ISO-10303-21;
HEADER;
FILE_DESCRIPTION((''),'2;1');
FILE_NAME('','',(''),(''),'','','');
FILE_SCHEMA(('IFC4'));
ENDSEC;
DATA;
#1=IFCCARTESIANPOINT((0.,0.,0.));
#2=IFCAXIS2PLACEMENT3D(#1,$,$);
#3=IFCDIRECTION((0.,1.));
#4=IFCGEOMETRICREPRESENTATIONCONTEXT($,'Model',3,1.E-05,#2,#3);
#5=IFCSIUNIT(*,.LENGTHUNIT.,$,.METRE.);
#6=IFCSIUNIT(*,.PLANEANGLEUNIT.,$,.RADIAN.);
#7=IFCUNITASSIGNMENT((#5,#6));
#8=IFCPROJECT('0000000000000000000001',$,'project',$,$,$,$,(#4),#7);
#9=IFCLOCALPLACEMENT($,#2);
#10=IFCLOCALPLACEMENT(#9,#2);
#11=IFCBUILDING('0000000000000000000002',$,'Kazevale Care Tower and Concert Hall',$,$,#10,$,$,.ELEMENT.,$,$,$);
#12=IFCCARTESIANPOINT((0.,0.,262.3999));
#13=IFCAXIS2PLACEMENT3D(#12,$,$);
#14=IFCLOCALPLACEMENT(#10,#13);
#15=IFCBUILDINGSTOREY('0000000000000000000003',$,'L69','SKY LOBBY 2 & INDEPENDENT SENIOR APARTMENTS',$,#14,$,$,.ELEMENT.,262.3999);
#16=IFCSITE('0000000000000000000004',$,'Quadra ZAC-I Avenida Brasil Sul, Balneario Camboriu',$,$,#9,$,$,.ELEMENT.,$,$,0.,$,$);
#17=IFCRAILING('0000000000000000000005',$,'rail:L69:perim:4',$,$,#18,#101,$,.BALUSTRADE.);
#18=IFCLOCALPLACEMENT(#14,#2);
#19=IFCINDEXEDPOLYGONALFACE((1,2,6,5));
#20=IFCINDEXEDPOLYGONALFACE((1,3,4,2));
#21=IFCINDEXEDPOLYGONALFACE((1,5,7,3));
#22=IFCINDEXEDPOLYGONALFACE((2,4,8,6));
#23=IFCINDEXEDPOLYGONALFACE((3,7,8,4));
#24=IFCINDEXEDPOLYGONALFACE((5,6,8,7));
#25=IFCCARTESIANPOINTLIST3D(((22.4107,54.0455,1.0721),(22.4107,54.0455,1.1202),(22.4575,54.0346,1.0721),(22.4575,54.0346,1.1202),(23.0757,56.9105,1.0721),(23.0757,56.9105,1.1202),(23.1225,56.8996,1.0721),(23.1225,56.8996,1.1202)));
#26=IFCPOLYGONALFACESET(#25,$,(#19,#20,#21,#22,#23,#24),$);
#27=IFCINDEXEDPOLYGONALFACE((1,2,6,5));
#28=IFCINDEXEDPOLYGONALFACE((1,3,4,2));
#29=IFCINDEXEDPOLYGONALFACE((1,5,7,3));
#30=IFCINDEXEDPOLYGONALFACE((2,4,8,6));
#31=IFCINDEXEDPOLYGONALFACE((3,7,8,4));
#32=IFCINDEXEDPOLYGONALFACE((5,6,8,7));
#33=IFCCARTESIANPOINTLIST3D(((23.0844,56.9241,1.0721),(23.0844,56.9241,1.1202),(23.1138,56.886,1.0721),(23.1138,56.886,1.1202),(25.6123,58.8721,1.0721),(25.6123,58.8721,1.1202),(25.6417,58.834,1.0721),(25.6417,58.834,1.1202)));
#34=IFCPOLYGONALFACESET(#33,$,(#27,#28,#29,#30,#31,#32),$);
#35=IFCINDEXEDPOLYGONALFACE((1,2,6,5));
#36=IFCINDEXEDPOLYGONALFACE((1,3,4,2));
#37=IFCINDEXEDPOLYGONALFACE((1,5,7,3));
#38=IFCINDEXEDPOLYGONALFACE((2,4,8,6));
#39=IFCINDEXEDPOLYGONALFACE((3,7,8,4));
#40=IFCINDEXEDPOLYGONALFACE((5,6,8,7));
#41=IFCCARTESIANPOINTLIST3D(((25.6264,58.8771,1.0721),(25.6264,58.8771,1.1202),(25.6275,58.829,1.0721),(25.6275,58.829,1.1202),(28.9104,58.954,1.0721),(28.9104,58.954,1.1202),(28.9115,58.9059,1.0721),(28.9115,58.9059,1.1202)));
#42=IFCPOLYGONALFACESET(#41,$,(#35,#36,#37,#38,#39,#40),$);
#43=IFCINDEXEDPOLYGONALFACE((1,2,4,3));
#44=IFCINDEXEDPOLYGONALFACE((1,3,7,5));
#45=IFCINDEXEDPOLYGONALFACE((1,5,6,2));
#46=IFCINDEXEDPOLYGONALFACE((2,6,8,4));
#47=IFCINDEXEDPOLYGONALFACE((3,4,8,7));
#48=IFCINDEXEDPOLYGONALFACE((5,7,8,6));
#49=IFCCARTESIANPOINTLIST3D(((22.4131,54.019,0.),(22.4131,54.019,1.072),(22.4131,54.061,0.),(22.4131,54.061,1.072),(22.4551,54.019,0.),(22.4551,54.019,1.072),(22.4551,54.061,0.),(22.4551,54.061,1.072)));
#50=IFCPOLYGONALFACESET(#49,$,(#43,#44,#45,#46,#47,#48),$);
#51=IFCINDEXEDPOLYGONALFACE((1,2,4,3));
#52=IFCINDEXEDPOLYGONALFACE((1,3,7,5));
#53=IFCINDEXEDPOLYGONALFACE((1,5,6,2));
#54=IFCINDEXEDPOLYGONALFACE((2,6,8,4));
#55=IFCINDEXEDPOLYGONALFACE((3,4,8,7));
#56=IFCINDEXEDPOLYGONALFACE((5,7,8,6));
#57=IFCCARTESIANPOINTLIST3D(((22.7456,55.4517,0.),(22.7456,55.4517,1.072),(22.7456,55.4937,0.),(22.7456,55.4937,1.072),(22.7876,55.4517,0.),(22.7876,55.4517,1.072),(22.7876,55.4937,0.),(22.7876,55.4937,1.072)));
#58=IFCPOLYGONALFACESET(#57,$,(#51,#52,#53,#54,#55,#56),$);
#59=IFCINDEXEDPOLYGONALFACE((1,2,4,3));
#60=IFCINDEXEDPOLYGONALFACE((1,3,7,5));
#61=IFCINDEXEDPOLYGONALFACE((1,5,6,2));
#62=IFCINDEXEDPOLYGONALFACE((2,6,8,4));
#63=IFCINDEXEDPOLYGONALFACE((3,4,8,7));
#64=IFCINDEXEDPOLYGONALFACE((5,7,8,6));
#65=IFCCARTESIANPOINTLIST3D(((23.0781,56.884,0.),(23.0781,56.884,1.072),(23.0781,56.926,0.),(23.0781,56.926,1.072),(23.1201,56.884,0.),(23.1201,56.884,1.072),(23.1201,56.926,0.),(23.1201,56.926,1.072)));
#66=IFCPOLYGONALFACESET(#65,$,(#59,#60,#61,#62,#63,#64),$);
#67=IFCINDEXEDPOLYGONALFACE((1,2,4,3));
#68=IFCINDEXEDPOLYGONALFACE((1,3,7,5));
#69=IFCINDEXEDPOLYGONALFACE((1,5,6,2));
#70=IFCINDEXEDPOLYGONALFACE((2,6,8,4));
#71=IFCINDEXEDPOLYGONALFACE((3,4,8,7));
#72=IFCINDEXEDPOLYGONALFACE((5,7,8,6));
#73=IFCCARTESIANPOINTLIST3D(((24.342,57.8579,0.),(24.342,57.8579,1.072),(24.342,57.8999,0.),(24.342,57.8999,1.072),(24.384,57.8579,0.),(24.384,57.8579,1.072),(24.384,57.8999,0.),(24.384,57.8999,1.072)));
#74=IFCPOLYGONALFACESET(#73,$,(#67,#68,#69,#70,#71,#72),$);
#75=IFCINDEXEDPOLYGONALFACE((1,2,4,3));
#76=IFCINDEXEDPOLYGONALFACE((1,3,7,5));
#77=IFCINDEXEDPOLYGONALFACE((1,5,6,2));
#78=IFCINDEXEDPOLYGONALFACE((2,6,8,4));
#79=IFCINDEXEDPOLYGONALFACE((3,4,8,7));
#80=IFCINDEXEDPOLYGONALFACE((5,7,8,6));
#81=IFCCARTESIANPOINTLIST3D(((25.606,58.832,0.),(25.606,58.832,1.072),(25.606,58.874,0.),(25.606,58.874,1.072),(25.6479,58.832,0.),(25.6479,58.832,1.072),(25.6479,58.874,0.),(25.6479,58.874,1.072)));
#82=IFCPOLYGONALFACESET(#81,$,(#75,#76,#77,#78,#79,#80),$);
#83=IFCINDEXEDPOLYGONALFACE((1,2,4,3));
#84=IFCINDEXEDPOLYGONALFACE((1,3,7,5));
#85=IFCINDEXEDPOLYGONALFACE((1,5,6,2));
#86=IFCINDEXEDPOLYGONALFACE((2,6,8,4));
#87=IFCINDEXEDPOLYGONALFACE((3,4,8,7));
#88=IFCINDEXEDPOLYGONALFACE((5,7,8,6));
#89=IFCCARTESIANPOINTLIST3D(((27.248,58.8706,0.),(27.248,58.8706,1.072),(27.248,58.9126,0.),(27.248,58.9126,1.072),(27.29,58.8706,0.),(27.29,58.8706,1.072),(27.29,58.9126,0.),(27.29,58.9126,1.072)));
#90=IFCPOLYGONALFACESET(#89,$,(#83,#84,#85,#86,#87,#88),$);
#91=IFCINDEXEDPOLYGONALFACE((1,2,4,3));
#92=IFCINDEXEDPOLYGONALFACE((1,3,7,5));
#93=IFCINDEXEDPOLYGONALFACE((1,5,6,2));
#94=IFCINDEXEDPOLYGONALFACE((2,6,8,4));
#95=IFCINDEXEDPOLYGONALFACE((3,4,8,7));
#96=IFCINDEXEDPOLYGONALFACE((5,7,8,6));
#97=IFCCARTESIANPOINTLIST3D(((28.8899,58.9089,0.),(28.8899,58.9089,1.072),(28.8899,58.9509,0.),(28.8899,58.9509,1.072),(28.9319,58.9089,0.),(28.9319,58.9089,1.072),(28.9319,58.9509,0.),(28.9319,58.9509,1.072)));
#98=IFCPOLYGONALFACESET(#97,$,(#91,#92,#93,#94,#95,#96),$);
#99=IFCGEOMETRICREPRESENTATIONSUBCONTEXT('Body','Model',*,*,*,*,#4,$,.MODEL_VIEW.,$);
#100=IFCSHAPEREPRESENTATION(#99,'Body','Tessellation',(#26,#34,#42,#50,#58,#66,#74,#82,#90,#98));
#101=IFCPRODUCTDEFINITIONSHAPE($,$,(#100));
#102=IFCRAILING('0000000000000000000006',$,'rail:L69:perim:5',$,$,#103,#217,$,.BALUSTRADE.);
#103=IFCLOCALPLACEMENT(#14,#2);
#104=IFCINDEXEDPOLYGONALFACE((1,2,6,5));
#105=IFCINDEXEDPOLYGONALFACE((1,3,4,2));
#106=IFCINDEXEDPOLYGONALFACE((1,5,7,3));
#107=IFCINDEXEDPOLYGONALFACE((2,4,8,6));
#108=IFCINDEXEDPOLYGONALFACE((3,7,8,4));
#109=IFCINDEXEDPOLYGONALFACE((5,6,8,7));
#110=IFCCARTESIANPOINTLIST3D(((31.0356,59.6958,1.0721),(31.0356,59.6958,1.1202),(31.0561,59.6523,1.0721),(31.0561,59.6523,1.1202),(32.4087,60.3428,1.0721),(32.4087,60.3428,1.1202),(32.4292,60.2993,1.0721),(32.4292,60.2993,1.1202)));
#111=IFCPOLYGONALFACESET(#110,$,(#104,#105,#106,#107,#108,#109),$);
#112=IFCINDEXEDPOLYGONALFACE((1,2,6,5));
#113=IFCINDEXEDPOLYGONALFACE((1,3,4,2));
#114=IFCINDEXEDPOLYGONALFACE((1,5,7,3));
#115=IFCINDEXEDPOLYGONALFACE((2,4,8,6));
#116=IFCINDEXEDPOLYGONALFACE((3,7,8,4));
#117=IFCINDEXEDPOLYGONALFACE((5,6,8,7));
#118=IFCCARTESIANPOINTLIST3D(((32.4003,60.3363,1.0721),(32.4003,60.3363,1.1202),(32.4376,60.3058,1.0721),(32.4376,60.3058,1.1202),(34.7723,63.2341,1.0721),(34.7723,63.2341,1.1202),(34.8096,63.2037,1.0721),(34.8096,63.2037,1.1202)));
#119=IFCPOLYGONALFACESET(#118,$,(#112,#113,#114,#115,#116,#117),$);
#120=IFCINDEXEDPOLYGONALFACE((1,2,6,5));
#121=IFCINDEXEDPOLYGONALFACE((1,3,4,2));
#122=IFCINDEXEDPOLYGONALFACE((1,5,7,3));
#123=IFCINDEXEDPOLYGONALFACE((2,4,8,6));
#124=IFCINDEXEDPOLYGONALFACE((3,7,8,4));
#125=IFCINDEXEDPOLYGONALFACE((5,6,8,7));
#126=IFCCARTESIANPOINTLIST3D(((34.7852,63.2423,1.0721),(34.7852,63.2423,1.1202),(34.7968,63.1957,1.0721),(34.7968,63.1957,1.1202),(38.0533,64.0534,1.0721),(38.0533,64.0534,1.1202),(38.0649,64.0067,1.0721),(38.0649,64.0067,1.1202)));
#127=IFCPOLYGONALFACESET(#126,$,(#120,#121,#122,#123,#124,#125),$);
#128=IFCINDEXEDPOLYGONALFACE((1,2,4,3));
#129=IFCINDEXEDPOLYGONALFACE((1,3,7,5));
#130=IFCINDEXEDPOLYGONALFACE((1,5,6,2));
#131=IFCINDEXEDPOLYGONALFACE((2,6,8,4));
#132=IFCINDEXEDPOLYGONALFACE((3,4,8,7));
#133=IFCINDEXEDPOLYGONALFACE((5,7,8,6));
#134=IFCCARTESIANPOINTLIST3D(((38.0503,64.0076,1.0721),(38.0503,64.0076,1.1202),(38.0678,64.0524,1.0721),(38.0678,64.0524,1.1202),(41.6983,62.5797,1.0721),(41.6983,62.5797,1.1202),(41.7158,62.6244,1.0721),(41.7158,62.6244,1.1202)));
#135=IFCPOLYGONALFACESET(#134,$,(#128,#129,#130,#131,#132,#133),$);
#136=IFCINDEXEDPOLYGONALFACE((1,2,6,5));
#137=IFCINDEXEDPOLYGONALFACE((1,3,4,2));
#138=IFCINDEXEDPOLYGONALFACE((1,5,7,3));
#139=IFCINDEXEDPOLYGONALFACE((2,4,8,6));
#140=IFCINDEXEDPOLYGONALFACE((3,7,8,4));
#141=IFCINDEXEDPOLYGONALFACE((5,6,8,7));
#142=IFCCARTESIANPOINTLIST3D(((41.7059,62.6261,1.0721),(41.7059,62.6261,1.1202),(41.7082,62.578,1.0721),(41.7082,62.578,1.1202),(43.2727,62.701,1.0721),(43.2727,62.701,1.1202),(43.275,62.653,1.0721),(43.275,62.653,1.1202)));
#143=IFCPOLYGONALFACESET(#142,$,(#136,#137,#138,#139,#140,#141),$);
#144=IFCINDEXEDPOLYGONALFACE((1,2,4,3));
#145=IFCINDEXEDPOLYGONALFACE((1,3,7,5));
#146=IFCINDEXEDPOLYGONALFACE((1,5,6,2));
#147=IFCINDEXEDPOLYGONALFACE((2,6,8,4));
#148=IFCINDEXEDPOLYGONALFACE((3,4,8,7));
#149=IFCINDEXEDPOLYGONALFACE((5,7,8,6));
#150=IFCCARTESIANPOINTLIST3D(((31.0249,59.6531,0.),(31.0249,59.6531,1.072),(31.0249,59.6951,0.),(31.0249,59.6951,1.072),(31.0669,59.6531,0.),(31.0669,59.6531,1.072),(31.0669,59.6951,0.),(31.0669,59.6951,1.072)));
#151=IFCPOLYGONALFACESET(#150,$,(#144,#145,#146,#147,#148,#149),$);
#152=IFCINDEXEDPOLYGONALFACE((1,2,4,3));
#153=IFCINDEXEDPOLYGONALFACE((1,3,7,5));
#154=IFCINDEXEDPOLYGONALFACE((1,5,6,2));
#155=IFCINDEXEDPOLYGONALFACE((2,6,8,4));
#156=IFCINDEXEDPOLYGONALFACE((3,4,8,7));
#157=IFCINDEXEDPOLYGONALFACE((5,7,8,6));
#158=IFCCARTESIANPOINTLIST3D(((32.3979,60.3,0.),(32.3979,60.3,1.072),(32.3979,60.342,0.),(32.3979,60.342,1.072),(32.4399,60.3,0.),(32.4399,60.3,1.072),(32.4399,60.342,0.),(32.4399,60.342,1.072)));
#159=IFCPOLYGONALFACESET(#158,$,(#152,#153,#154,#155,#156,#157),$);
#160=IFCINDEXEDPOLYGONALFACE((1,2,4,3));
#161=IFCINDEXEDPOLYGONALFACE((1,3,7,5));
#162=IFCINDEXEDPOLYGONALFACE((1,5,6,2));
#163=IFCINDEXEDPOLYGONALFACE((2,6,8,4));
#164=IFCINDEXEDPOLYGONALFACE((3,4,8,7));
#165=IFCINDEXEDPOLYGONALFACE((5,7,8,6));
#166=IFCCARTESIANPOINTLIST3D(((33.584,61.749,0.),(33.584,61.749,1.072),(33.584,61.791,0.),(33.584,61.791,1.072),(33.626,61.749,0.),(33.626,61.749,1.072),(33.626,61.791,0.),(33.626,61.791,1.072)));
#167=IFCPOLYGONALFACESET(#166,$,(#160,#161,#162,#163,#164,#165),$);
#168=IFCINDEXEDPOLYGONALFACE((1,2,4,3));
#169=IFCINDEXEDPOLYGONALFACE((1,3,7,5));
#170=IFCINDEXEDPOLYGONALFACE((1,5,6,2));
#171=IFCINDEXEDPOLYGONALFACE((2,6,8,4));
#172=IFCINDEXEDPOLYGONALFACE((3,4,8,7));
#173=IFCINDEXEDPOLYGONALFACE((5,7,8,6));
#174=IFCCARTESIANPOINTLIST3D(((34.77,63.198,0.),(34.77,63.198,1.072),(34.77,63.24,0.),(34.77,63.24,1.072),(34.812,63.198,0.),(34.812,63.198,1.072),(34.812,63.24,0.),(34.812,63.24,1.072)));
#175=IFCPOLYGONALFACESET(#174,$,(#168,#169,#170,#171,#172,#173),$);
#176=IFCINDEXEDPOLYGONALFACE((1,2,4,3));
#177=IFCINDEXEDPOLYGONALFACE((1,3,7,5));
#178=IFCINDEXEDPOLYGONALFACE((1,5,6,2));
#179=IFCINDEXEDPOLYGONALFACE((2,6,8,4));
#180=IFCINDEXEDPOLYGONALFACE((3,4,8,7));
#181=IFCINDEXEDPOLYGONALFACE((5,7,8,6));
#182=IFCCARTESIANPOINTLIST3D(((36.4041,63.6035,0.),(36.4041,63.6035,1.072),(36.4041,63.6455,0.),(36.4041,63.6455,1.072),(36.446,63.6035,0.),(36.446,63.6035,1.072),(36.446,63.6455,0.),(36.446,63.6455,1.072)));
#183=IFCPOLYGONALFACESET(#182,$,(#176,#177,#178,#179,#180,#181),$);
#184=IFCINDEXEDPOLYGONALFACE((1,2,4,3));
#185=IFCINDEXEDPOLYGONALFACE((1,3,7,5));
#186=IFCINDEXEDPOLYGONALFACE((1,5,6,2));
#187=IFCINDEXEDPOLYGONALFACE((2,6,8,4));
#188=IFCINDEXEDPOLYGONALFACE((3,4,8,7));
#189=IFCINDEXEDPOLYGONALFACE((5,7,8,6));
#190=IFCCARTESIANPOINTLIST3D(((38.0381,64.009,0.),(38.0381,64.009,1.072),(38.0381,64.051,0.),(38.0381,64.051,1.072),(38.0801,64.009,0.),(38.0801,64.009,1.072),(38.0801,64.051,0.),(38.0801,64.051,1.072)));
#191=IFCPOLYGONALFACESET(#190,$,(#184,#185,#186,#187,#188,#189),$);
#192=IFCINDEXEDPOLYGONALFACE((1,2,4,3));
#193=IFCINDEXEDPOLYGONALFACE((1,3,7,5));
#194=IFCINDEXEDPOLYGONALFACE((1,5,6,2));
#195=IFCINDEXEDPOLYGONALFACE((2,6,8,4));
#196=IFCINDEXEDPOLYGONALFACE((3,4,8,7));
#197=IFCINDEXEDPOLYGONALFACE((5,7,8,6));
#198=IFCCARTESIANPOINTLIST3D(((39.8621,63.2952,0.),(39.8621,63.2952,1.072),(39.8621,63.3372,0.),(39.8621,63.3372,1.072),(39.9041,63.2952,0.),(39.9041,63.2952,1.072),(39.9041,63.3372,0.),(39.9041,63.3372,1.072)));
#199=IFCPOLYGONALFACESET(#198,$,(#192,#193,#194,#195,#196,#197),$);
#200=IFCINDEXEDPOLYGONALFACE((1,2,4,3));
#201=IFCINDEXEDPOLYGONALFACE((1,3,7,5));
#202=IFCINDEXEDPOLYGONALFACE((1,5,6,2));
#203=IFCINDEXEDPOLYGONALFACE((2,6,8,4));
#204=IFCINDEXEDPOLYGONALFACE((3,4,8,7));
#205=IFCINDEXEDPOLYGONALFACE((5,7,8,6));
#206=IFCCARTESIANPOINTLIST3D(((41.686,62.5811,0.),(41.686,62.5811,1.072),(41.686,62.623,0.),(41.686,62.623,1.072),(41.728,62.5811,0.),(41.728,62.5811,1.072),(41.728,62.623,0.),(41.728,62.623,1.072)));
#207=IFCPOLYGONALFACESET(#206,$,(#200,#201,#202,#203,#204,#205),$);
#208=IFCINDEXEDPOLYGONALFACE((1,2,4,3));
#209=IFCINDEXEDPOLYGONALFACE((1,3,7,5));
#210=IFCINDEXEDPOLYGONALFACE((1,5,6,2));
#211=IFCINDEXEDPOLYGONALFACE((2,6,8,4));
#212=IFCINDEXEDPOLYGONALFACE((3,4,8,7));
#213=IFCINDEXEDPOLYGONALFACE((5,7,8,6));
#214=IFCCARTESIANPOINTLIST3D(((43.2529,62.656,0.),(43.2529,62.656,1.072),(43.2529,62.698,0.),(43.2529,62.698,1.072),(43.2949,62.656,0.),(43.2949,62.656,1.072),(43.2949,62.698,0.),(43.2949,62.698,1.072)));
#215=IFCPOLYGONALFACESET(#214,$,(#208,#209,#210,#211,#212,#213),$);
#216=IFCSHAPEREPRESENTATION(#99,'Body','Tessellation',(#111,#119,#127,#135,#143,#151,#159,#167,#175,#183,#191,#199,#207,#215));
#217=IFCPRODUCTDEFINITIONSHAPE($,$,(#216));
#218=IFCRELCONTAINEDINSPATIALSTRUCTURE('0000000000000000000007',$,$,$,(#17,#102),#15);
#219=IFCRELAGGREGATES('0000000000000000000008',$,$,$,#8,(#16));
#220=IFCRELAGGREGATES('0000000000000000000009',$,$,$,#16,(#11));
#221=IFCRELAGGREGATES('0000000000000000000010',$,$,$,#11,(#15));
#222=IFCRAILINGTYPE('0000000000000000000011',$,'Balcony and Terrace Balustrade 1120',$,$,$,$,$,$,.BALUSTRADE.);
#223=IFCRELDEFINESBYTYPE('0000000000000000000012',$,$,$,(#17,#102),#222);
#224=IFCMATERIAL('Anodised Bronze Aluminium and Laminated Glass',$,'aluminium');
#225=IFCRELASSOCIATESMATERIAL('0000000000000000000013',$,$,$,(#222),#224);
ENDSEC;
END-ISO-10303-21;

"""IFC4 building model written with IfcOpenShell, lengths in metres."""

from ifc_helpers import new_model, si_unit, direction, frame, origin, origin_2d, place, context, subcontext, project, spatial, rectangle, extrude, material, type_object, element, save


model = new_model("IFC4")

# Units and contexts
model_context = context("Model", 3, precision=1e-05, world=origin(), true_north=direction((0.0, 1.0)))
body_context = subcontext(model_context, "Body", "Model", "MODEL_VIEW")
ifc_project = project(units=[si_unit("LENGTHUNIT", "METRE"), si_unit("PLANEANGLEUNIT", "RADIAN")], contexts=[model_context])

# Site, building, storey
site_placement = place(None, origin())
site = spatial("IfcSite", under=ifc_project, at=site_placement, Name="Quadra ZAC-I Avenida Brasil Sul, Balneario Camboriu", CompositionType="ELEMENT", RefElevation=0.0)
building_placement = place(site_placement, origin())
building = spatial("IfcBuilding", under=site, at=building_placement, Name="Kazevale Care Tower and Concert Hall", CompositionType="ELEMENT")
storey_placement = place(building_placement, frame((0.0, 0.0, 262.3999)))
storey = spatial("IfcBuildingStorey", under=building, at=storey_placement, Name="L69", Description="SKY LOBBY 2 & INDEPENDENT SENIOR APARTMENTS", CompositionType="ELEMENT", Elevation=262.3999)

# Railings
ifc_material_1 = material(Name="Anodised Bronze Aluminium and Laminated Glass", Category="aluminium")
railing_type = type_object("IfcRailingType", Name="Balcony and Terrace Balustrade 1120", PredefinedType="BALUSTRADE", material=ifc_material_1)
railing_1_placement = place(storey_placement, frame((22.4341, 54.04, 0.0)))
element("IfcRailing", 1, at=railing_1_placement, inside=storey, type_object=railing_type, Name="rail:L69:perim:4", PredefinedType="BALUSTRADE", context=body_context, shape_type="SweptSolid", body=[
    extrude(rectangle(XDim=0.0481, YDim=0.0481, at=origin_2d()), frame((0.0, 0.0, 1.0962), z_axis=(0.226114, 0.974101, 0.0), x_axis=(-0.974101, 0.226114, 0.0)), (0.0, 0.0, 1.0), 2.9412),
    extrude(rectangle(XDim=0.0481, YDim=0.0481, at=origin_2d()), frame((0.665, 2.865, 1.0962), z_axis=(0.792092, 0.610402, 0.0), x_axis=(-0.610402, 0.792092, 0.0)), (0.0, 0.0, 1.0), 3.1914),
    extrude(rectangle(XDim=0.0481, YDim=0.0481, at=origin_2d()), frame((3.1929, 4.813, 1.0962), z_axis=(0.999726, 0.023412, 0.0), x_axis=(-0.023412, 0.999726, 0.0)), (0.0, 0.0, 1.0), 3.2849),
    extrude(rectangle(XDim=0.042, YDim=0.042, at=origin_2d()), origin(), (0.0, 0.0, 1.0), 1.072),
    extrude(rectangle(XDim=0.042, YDim=0.042, at=origin_2d()), frame((0.3325, 1.4326, 0.0)), (0.0, 0.0, 1.0), 1.072),
    extrude(rectangle(XDim=0.042, YDim=0.042, at=origin_2d()), frame((0.665, 2.865, 0.0)), (0.0, 0.0, 1.0), 1.072),
    extrude(rectangle(XDim=0.042, YDim=0.042, at=origin_2d()), frame((1.929, 3.8389, 0.0)), (0.0, 0.0, 1.0), 1.072),
    extrude(rectangle(XDim=0.042, YDim=0.042, at=origin_2d()), frame((3.1929, 4.813, 0.0)), (0.0, 0.0, 1.0), 1.072),
    extrude(rectangle(XDim=0.042, YDim=0.042, at=origin_2d()), frame((4.835, 4.8516, 0.0)), (0.0, 0.0, 1.0), 1.072),
    extrude(rectangle(XDim=0.042, YDim=0.042, at=origin_2d()), frame((6.4768, 4.8899, 0.0)), (0.0, 0.0, 1.0), 1.072),
])
railing_2_placement = place(storey_placement, frame((31.0459, 59.6741, 0.0)))
element("IfcRailing", 2, at=railing_2_placement, inside=storey, type_object=railing_type, Name="rail:L69:perim:5", PredefinedType="BALUSTRADE", context=body_context, shape_type="SweptSolid", body=[
    extrude(rectangle(XDim=0.0481, YDim=0.0481, at=origin_2d()), frame((0.0, 0.0, 1.0962), z_axis=(0.904607, 0.426246, 0.0), x_axis=(-0.426246, 0.904607, 0.0)), (0.0, 0.0, 1.0), 1.5178),
    extrude(rectangle(XDim=0.0481, YDim=0.0481, at=origin_2d()), frame((1.373, 0.647, 1.0962), z_axis=(0.633401, 0.773824, 0.0), x_axis=(-0.773824, 0.633401, 0.0)), (0.0, 0.0, 1.0), 3.7449),
    extrude(rectangle(XDim=0.0481, YDim=0.0481, at=origin_2d()), frame((3.7451, 3.5449, 1.0962), z_axis=(0.970559, 0.240863, 0.0), x_axis=(-0.240863, 0.970559, 0.0)), (0.0, 0.0, 1.0), 3.3672),
    extrude(rectangle(XDim=0.0481, YDim=0.0481, at=origin_2d()), frame((7.0132, 4.356, 1.0962), z_axis=(0.931198, -0.364514, 0.0), x_axis=(0.364514, 0.931198, 0.0)), (0.0, 0.0, 1.0), 3.9175),
    extrude(rectangle(XDim=0.0481, YDim=0.0481, at=origin_2d()), frame((10.6611, 2.928, 1.0962), z_axis=(0.998858, 0.04778, 0.0), x_axis=(-0.04778, 0.998858, 0.0)), (0.0, 0.0, 1.0), 1.5686),
    extrude(rectangle(XDim=0.042, YDim=0.042, at=origin_2d()), origin(), (0.0, 0.0, 1.0), 1.072),
    extrude(rectangle(XDim=0.042, YDim=0.042, at=origin_2d()), frame((1.373, 0.647, 0.0)), (0.0, 0.0, 1.0), 1.072),
    extrude(rectangle(XDim=0.042, YDim=0.042, at=origin_2d()), frame((2.5591, 2.0959, 0.0)), (0.0, 0.0, 1.0), 1.072),
    extrude(rectangle(XDim=0.042, YDim=0.042, at=origin_2d()), frame((3.7451, 3.5449, 0.0)), (0.0, 0.0, 1.0), 1.072),
    extrude(rectangle(XDim=0.042, YDim=0.042, at=origin_2d()), frame((5.3792, 3.9504, 0.0)), (0.0, 0.0, 1.0), 1.072),
    extrude(rectangle(XDim=0.042, YDim=0.042, at=origin_2d()), frame((7.0132, 4.356, 0.0)), (0.0, 0.0, 1.0), 1.072),
    extrude(rectangle(XDim=0.042, YDim=0.042, at=origin_2d()), frame((8.8372, 3.6421, 0.0)), (0.0, 0.0, 1.0), 1.072),
    extrude(rectangle(XDim=0.042, YDim=0.042, at=origin_2d()), frame((10.6611, 2.928, 0.0)), (0.0, 0.0, 1.0), 1.072),
    extrude(rectangle(XDim=0.042, YDim=0.042, at=origin_2d()), frame((12.228, 3.0029, 0.0)), (0.0, 0.0, 1.0), 1.072),
])

save(model, "model.ifc")
